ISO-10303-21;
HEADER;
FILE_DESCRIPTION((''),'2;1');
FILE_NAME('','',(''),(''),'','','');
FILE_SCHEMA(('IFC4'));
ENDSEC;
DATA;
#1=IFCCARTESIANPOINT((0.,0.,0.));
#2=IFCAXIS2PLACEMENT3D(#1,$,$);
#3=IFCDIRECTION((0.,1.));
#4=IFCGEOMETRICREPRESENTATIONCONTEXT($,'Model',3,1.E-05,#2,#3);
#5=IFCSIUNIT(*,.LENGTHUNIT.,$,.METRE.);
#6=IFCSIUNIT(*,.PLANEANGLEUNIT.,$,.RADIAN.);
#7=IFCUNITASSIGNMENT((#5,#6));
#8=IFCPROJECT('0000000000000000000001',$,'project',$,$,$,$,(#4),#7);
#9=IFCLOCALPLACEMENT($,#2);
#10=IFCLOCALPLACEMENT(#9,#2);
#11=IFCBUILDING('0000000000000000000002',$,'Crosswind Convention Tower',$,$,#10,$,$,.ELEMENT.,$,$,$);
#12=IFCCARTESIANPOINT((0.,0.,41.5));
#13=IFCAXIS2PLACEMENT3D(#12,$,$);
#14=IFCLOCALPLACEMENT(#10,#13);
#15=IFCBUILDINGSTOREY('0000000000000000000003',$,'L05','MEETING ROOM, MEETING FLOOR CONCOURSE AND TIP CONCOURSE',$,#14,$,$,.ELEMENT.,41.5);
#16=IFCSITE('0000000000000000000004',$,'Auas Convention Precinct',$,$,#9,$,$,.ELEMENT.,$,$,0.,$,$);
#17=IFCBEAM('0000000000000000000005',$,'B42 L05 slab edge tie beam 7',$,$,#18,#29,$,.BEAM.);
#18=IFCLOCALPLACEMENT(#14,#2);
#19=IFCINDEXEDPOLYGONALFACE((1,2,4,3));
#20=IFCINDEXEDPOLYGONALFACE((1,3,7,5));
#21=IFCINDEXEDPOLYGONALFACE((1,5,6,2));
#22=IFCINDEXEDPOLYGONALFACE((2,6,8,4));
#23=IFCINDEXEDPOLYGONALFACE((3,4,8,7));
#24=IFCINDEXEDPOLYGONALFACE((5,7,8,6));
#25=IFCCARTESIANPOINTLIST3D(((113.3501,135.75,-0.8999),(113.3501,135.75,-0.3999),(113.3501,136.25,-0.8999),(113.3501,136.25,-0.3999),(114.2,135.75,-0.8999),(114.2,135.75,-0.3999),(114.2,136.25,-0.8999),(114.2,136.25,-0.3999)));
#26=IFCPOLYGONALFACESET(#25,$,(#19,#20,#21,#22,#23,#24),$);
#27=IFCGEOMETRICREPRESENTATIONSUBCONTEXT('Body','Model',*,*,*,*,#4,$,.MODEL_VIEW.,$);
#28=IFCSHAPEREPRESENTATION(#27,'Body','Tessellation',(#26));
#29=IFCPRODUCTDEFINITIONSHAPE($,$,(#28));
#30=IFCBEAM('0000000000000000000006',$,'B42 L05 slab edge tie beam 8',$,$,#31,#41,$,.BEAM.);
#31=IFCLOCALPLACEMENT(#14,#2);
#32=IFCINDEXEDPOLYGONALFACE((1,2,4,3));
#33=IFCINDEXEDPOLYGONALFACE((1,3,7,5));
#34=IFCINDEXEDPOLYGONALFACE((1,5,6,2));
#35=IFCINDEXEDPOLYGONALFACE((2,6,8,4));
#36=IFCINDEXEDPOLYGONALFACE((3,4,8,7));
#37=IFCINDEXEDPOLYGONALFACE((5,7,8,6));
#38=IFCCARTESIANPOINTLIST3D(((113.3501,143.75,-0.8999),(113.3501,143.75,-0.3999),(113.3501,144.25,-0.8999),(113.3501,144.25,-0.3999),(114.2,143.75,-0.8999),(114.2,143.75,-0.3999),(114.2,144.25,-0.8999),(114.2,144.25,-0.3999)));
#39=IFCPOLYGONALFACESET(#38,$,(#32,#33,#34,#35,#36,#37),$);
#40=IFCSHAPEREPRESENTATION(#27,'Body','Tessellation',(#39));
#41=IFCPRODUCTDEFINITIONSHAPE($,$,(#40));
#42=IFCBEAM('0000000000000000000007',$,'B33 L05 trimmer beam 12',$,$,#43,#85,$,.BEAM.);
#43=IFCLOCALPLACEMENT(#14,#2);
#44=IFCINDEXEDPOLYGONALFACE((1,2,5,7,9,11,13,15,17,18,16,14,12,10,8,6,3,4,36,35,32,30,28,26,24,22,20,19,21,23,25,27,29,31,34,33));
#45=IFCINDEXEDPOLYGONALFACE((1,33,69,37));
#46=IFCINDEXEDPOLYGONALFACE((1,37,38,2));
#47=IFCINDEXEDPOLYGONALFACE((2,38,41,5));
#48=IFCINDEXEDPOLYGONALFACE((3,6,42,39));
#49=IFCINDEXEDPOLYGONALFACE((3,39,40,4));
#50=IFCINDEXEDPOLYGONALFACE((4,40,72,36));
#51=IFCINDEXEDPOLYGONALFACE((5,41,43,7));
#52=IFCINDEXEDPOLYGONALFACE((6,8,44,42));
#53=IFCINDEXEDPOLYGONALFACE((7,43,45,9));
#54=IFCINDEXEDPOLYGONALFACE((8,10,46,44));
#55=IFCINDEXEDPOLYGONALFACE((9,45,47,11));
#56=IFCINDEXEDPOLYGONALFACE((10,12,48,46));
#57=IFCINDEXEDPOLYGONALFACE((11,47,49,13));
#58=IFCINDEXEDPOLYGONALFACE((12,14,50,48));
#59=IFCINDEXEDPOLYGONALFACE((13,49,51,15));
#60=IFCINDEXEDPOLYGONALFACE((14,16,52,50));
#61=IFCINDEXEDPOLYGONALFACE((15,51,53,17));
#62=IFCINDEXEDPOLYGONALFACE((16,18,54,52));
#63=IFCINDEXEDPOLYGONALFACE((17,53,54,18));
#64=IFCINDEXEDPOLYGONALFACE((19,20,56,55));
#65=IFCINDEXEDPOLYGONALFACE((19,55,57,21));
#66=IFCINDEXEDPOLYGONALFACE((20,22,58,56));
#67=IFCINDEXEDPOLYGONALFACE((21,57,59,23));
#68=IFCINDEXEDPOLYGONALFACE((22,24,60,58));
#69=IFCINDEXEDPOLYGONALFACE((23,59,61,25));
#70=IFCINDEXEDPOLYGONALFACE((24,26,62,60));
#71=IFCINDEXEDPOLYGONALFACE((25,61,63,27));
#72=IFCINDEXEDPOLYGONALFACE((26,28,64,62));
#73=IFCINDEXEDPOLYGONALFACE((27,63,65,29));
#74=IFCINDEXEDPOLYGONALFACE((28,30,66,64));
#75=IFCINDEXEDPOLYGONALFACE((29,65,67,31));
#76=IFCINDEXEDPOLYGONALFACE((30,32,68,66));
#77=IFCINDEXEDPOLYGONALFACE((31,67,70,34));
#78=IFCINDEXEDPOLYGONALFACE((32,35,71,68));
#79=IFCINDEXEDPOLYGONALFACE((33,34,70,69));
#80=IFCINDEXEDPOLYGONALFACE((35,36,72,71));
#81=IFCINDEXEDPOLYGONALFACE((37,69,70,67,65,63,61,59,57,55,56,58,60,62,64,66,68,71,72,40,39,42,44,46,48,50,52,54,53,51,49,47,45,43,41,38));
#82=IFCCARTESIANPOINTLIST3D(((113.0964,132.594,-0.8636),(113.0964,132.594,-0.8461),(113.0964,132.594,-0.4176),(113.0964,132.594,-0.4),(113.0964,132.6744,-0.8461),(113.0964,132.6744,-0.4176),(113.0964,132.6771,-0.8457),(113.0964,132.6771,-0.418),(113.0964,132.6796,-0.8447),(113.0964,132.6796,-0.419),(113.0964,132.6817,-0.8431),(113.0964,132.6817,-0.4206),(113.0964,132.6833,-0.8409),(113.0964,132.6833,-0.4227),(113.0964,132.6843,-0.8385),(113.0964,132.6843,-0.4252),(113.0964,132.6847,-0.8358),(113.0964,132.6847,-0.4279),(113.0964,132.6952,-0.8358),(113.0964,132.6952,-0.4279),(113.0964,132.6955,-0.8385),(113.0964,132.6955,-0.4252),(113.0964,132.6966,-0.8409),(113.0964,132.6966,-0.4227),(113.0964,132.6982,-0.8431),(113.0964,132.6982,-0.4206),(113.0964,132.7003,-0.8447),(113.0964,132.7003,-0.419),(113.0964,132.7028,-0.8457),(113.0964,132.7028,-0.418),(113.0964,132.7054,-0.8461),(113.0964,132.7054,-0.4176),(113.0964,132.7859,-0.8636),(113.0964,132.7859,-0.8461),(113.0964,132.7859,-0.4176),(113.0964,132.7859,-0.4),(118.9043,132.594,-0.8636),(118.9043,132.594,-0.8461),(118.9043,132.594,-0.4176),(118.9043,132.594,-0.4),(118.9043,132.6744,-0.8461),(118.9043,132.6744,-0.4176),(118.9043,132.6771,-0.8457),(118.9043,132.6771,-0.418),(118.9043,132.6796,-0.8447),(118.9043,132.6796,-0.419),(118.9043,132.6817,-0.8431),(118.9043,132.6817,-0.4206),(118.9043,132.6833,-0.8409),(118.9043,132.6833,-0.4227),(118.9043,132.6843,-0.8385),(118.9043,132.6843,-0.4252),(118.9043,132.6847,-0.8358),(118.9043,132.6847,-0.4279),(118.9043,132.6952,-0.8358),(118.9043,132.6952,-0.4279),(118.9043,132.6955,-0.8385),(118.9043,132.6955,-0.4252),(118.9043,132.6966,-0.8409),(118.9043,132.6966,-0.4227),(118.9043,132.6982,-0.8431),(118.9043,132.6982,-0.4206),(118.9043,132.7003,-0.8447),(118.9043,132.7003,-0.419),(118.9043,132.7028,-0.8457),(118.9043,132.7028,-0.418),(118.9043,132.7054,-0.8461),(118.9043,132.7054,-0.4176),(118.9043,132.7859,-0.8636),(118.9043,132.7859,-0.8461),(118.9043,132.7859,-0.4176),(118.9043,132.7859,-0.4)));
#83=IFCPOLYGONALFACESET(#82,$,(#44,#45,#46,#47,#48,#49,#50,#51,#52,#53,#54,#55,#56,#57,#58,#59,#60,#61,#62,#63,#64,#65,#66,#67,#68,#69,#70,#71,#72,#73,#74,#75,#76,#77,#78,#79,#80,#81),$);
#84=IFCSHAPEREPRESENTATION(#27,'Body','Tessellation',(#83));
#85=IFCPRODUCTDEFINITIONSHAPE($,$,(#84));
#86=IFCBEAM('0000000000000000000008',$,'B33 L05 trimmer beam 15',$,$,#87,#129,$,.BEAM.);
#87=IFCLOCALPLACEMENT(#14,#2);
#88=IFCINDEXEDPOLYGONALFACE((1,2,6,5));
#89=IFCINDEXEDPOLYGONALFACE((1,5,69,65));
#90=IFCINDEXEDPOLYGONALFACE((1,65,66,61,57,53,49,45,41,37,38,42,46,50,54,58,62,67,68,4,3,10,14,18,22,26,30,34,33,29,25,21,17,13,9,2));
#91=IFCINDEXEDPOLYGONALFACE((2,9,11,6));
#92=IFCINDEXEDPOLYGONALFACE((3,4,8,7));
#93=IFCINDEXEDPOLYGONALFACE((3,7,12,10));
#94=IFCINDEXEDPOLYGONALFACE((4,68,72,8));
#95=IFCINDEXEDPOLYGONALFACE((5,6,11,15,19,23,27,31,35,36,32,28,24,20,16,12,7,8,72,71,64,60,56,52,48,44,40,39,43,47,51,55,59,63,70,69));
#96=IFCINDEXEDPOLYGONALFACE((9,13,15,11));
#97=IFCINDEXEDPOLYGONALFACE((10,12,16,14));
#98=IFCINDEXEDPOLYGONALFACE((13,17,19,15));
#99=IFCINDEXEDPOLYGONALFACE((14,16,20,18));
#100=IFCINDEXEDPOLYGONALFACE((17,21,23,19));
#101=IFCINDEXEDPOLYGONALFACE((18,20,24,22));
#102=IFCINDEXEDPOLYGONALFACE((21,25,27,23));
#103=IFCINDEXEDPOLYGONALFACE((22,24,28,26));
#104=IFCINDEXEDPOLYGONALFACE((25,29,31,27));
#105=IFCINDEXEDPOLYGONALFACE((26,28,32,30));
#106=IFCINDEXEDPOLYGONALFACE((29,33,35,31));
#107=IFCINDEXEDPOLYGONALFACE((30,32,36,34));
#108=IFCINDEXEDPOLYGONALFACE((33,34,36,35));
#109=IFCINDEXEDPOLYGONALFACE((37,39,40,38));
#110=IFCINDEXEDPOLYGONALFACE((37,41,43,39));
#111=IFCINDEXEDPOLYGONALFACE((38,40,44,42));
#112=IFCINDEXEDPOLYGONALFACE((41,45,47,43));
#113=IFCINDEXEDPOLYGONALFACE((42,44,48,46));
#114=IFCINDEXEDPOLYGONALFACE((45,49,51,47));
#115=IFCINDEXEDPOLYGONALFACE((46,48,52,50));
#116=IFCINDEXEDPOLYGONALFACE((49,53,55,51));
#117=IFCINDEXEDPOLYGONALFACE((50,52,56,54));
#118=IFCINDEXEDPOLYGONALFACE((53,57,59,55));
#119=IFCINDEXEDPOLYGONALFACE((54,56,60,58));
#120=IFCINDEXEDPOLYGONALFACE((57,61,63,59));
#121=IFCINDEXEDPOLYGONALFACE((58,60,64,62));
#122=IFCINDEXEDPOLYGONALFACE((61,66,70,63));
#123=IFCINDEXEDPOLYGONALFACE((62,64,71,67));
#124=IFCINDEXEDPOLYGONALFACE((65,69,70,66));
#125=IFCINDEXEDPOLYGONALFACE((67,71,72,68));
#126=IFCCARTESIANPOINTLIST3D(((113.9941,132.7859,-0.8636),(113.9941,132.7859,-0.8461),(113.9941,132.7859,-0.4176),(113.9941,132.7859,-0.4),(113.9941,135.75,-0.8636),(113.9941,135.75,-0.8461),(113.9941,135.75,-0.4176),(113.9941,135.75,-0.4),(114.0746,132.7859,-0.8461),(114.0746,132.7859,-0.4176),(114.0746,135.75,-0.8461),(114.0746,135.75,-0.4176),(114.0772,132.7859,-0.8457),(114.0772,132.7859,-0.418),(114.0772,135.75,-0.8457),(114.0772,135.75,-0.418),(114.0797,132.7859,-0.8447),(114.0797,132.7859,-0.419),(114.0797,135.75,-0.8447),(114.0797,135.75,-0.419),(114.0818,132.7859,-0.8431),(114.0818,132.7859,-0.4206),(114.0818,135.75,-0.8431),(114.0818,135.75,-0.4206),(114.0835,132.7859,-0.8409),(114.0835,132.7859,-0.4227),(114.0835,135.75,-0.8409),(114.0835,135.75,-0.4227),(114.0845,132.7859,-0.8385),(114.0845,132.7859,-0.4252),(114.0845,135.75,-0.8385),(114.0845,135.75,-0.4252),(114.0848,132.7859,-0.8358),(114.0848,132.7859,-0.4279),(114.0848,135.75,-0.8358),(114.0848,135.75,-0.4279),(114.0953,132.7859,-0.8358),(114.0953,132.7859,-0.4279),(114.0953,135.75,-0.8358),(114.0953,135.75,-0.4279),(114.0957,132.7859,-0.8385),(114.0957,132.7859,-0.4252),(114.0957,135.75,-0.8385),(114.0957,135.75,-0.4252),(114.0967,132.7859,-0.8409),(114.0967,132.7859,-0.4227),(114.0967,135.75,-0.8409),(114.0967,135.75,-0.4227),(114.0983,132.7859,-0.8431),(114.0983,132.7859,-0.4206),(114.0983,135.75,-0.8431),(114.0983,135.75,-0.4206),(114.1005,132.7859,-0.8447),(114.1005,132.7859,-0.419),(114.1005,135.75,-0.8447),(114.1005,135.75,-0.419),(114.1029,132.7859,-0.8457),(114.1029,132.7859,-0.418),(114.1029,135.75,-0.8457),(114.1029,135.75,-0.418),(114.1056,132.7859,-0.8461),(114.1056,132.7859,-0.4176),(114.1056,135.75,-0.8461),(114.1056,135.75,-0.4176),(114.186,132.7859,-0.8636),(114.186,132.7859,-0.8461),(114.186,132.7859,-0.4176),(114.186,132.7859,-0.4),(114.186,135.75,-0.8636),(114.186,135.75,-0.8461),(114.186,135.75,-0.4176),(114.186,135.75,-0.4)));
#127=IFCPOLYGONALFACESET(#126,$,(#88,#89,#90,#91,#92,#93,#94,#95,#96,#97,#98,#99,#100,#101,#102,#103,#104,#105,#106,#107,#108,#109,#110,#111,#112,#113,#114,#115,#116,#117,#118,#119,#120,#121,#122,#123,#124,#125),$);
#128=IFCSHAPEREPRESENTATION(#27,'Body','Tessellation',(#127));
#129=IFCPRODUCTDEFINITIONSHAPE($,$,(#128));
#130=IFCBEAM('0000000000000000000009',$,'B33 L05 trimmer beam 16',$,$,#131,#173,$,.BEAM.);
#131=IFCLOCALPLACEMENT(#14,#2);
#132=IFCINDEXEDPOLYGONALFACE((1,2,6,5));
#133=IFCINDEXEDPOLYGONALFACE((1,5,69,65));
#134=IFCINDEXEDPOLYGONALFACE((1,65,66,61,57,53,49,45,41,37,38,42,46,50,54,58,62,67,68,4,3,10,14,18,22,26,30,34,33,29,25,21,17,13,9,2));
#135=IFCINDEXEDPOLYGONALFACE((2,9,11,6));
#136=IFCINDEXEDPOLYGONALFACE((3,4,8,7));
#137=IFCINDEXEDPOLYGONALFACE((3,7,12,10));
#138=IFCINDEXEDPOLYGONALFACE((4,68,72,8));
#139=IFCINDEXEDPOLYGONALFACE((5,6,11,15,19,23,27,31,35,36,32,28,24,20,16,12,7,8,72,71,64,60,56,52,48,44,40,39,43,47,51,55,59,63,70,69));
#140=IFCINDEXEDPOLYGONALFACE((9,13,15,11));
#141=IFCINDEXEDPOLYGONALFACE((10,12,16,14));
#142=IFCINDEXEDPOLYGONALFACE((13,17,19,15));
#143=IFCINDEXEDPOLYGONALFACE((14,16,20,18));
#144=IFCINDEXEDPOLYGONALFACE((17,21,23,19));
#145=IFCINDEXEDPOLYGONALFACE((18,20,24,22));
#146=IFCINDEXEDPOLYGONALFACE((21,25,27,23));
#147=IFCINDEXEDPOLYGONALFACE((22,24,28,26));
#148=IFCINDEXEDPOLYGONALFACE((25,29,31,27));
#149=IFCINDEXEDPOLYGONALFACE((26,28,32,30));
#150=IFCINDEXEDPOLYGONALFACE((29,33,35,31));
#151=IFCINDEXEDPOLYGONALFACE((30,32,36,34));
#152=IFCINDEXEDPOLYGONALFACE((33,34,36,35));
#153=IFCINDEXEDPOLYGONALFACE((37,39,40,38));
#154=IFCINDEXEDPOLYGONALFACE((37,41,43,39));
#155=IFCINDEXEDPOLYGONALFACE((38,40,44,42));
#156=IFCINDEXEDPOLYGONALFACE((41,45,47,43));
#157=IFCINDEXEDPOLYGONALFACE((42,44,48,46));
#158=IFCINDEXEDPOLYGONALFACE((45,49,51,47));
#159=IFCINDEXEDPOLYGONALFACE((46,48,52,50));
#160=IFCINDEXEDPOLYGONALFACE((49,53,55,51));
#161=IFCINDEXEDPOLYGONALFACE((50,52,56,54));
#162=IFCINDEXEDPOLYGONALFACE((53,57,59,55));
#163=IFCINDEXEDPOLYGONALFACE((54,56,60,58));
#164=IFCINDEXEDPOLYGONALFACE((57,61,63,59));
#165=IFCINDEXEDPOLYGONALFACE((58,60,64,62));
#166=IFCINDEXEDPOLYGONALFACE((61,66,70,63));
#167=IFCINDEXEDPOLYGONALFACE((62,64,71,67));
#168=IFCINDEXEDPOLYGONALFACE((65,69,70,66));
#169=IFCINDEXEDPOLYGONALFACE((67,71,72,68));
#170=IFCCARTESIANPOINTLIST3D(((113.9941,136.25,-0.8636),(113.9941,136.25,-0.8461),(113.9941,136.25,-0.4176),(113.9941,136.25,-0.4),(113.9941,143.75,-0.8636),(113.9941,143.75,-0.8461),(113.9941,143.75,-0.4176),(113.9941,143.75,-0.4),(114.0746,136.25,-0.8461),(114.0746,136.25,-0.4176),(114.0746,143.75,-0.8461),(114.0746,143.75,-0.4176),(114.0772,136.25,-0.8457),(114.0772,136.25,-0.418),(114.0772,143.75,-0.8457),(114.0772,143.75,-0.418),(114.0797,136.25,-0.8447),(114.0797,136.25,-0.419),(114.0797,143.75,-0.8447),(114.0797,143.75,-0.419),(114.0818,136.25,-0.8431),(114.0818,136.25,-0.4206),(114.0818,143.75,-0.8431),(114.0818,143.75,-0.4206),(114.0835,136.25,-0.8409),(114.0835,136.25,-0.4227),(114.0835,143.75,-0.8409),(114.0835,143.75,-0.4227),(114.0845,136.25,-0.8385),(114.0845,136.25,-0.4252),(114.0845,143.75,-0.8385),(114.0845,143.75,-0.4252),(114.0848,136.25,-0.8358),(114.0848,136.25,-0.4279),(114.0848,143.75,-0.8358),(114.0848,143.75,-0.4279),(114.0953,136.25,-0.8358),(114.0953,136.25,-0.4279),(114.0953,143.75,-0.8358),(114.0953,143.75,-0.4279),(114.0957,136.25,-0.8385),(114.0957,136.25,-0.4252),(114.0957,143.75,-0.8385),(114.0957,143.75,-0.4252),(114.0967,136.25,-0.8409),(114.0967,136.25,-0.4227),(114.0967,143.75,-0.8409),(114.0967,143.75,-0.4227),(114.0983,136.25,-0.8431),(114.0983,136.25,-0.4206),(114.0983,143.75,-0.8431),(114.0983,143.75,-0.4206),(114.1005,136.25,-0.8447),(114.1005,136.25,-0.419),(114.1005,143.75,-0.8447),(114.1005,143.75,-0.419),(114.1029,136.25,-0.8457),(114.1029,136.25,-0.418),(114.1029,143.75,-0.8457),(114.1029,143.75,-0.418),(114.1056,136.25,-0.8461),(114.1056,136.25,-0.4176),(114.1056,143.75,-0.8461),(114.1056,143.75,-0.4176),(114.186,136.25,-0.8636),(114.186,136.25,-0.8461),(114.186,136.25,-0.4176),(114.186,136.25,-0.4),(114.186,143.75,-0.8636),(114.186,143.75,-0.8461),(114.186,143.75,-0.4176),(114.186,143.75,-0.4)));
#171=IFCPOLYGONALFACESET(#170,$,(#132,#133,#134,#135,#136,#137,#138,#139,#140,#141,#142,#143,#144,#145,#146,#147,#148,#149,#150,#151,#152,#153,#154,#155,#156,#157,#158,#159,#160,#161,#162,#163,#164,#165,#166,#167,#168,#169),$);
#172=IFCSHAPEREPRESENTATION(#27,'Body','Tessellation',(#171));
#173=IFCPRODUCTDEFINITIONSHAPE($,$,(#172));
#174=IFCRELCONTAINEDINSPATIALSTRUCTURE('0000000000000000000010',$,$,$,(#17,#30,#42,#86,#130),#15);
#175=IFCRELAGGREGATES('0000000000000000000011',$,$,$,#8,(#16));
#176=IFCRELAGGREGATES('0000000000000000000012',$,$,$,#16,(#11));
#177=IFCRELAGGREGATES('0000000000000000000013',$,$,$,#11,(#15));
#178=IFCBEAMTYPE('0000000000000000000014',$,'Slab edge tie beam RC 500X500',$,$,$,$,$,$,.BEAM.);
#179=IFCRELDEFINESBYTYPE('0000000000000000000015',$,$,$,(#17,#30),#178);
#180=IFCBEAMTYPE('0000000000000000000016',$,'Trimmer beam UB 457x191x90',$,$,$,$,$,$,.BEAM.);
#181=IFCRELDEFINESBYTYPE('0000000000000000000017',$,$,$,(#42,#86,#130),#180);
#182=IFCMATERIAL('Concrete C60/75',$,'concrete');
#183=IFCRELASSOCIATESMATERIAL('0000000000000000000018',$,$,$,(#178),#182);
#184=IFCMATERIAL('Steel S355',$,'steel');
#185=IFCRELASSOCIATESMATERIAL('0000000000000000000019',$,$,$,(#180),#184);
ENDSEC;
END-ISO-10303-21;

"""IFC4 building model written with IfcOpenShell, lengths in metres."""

from ifc_helpers import new_model, si_unit, direction, frame, origin, origin_2d, place, context, subcontext, project, spatial, rectangle, i_section, extrude, material, material_profile, profile_set, type_object, element, save


model = new_model("IFC4")

# Units and contexts
model_context = context("Model", 3, precision=1e-05, world=origin(), true_north=direction((0.0, 1.0)))
body_context = subcontext(model_context, "Body", "Model", "MODEL_VIEW")
ifc_project = project(units=[si_unit("LENGTHUNIT", "METRE"), si_unit("PLANEANGLEUNIT", "RADIAN")], contexts=[model_context])

# Site, building, storey
site_placement = place(None, origin())
site = spatial("IfcSite", under=ifc_project, at=site_placement, Name="Auas Convention Precinct", CompositionType="ELEMENT", RefElevation=0.0)
building_placement = place(site_placement, origin())
building = spatial("IfcBuilding", under=site, at=building_placement, Name="Crosswind Convention Tower", CompositionType="ELEMENT")
storey_placement = place(building_placement, frame((0.0, 0.0, 41.5)))
storey = spatial("IfcBuildingStorey", under=building, at=storey_placement, Name="L05", Description="MEETING ROOM, MEETING FLOOR CONCOURSE AND TIP CONCOURSE", CompositionType="ELEMENT", Elevation=41.5)

# Shared definitions
ifc_material_1 = material(Name="Concrete C60/75", Category="concrete")

# Shared definitions
ifc_material_2 = material(Name="Steel S355", Category="steel")

# Beams
ifc_material_profile_1 = material_profile(ifc_material_1, rectangle(XDim=0.5, YDim=0.5, at=origin_2d()), Name="RC 500X500")
ifc_profile_set_1 = profile_set([ifc_material_profile_1], Name="Concrete C60/75")
beam_type_1 = type_object("IfcBeamType", Name="Slab edge tie beam RC 500X500", PredefinedType="BEAM", material=ifc_profile_set_1)
for number, where, z_axis, x_axis, name in (
    (1, (113.3501, 136.0, -0.6499), (1.0, 0.0, 0.0), (0.0, 1.0, 0.0), "B42 L05 slab edge tie beam 7"),
    (2, (113.3501, 144.0, -0.6499), (1.0, 0.0, 0.0), (0.0, 1.0, 0.0), "B42 L05 slab edge tie beam 8"),
):
    element("IfcBeam", number, at=place(storey_placement, frame(where, z_axis=z_axis, x_axis=x_axis)), inside=storey, type_object=beam_type_1, Name=name, PredefinedType="BEAM", context=body_context, shape_type="SweptSolid", body=[
        extrude(rectangle(XDim=0.5, YDim=0.5, at=origin_2d()), origin(), (0.0, 0.0, 1.0), 0.8499),
    ])
ifc_material_profile_2 = material_profile(ifc_material_2, i_section(OverallWidth=0.1919, OverallDepth=0.4636, WebThickness=0.0105, FlangeThickness=0.0176, FilletRadius=0.0103, at=origin_2d()), Name="UB 457x191x90")
ifc_profile_set_2 = profile_set([ifc_material_profile_2], Name="Steel S355")
beam_type_2 = type_object("IfcBeamType", Name="Trimmer beam UB 457x191x90", PredefinedType="BEAM", material=ifc_profile_set_2)
beam_1_placement = place(storey_placement, frame((113.0964, 132.6899, -0.6318), z_axis=(1.0, 0.0, 0.0), x_axis=(0.0, 1.0, 0.0)))
element("IfcBeam", 3, at=beam_1_placement, inside=storey, type_object=beam_type_2, Name="B33 L05 trimmer beam 12", PredefinedType="BEAM", context=body_context, shape_type="SweptSolid", body=[
    extrude(i_section(OverallWidth=0.1919, OverallDepth=0.4636, WebThickness=0.0105, FlangeThickness=0.0176, FilletRadius=0.0103, at=origin_2d()), origin(), (0.0, 0.0, 1.0), 5.8079),
])
beam_2_placement = place(storey_placement, frame((114.0901, 132.7859, -0.6318), z_axis=(0.0, 1.0, 0.0), x_axis=(-1.0, 0.0, 0.0)))
element("IfcBeam", 4, at=beam_2_placement, inside=storey, type_object=beam_type_2, Name="B33 L05 trimmer beam 15", PredefinedType="BEAM", context=body_context, shape_type="SweptSolid", body=[
    extrude(i_section(OverallWidth=0.1919, OverallDepth=0.4636, WebThickness=0.0105, FlangeThickness=0.0176, FilletRadius=0.0103, at=origin_2d()), origin(), (0.0, 0.0, 1.0), 2.9641),
])
beam_3_placement = place(storey_placement, frame((114.0901, 136.25, -0.6318), z_axis=(0.0, 1.0, 0.0), x_axis=(-1.0, 0.0, 0.0)))
element("IfcBeam", 5, at=beam_3_placement, inside=storey, type_object=beam_type_2, Name="B33 L05 trimmer beam 16", PredefinedType="BEAM", context=body_context, shape_type="SweptSolid", body=[
    extrude(i_section(OverallWidth=0.1919, OverallDepth=0.4636, WebThickness=0.0105, FlangeThickness=0.0176, FilletRadius=0.0103, at=origin_2d()), origin(), (0.0, 0.0, 1.0), 7.5),
])

save(model, "model.ifc")
